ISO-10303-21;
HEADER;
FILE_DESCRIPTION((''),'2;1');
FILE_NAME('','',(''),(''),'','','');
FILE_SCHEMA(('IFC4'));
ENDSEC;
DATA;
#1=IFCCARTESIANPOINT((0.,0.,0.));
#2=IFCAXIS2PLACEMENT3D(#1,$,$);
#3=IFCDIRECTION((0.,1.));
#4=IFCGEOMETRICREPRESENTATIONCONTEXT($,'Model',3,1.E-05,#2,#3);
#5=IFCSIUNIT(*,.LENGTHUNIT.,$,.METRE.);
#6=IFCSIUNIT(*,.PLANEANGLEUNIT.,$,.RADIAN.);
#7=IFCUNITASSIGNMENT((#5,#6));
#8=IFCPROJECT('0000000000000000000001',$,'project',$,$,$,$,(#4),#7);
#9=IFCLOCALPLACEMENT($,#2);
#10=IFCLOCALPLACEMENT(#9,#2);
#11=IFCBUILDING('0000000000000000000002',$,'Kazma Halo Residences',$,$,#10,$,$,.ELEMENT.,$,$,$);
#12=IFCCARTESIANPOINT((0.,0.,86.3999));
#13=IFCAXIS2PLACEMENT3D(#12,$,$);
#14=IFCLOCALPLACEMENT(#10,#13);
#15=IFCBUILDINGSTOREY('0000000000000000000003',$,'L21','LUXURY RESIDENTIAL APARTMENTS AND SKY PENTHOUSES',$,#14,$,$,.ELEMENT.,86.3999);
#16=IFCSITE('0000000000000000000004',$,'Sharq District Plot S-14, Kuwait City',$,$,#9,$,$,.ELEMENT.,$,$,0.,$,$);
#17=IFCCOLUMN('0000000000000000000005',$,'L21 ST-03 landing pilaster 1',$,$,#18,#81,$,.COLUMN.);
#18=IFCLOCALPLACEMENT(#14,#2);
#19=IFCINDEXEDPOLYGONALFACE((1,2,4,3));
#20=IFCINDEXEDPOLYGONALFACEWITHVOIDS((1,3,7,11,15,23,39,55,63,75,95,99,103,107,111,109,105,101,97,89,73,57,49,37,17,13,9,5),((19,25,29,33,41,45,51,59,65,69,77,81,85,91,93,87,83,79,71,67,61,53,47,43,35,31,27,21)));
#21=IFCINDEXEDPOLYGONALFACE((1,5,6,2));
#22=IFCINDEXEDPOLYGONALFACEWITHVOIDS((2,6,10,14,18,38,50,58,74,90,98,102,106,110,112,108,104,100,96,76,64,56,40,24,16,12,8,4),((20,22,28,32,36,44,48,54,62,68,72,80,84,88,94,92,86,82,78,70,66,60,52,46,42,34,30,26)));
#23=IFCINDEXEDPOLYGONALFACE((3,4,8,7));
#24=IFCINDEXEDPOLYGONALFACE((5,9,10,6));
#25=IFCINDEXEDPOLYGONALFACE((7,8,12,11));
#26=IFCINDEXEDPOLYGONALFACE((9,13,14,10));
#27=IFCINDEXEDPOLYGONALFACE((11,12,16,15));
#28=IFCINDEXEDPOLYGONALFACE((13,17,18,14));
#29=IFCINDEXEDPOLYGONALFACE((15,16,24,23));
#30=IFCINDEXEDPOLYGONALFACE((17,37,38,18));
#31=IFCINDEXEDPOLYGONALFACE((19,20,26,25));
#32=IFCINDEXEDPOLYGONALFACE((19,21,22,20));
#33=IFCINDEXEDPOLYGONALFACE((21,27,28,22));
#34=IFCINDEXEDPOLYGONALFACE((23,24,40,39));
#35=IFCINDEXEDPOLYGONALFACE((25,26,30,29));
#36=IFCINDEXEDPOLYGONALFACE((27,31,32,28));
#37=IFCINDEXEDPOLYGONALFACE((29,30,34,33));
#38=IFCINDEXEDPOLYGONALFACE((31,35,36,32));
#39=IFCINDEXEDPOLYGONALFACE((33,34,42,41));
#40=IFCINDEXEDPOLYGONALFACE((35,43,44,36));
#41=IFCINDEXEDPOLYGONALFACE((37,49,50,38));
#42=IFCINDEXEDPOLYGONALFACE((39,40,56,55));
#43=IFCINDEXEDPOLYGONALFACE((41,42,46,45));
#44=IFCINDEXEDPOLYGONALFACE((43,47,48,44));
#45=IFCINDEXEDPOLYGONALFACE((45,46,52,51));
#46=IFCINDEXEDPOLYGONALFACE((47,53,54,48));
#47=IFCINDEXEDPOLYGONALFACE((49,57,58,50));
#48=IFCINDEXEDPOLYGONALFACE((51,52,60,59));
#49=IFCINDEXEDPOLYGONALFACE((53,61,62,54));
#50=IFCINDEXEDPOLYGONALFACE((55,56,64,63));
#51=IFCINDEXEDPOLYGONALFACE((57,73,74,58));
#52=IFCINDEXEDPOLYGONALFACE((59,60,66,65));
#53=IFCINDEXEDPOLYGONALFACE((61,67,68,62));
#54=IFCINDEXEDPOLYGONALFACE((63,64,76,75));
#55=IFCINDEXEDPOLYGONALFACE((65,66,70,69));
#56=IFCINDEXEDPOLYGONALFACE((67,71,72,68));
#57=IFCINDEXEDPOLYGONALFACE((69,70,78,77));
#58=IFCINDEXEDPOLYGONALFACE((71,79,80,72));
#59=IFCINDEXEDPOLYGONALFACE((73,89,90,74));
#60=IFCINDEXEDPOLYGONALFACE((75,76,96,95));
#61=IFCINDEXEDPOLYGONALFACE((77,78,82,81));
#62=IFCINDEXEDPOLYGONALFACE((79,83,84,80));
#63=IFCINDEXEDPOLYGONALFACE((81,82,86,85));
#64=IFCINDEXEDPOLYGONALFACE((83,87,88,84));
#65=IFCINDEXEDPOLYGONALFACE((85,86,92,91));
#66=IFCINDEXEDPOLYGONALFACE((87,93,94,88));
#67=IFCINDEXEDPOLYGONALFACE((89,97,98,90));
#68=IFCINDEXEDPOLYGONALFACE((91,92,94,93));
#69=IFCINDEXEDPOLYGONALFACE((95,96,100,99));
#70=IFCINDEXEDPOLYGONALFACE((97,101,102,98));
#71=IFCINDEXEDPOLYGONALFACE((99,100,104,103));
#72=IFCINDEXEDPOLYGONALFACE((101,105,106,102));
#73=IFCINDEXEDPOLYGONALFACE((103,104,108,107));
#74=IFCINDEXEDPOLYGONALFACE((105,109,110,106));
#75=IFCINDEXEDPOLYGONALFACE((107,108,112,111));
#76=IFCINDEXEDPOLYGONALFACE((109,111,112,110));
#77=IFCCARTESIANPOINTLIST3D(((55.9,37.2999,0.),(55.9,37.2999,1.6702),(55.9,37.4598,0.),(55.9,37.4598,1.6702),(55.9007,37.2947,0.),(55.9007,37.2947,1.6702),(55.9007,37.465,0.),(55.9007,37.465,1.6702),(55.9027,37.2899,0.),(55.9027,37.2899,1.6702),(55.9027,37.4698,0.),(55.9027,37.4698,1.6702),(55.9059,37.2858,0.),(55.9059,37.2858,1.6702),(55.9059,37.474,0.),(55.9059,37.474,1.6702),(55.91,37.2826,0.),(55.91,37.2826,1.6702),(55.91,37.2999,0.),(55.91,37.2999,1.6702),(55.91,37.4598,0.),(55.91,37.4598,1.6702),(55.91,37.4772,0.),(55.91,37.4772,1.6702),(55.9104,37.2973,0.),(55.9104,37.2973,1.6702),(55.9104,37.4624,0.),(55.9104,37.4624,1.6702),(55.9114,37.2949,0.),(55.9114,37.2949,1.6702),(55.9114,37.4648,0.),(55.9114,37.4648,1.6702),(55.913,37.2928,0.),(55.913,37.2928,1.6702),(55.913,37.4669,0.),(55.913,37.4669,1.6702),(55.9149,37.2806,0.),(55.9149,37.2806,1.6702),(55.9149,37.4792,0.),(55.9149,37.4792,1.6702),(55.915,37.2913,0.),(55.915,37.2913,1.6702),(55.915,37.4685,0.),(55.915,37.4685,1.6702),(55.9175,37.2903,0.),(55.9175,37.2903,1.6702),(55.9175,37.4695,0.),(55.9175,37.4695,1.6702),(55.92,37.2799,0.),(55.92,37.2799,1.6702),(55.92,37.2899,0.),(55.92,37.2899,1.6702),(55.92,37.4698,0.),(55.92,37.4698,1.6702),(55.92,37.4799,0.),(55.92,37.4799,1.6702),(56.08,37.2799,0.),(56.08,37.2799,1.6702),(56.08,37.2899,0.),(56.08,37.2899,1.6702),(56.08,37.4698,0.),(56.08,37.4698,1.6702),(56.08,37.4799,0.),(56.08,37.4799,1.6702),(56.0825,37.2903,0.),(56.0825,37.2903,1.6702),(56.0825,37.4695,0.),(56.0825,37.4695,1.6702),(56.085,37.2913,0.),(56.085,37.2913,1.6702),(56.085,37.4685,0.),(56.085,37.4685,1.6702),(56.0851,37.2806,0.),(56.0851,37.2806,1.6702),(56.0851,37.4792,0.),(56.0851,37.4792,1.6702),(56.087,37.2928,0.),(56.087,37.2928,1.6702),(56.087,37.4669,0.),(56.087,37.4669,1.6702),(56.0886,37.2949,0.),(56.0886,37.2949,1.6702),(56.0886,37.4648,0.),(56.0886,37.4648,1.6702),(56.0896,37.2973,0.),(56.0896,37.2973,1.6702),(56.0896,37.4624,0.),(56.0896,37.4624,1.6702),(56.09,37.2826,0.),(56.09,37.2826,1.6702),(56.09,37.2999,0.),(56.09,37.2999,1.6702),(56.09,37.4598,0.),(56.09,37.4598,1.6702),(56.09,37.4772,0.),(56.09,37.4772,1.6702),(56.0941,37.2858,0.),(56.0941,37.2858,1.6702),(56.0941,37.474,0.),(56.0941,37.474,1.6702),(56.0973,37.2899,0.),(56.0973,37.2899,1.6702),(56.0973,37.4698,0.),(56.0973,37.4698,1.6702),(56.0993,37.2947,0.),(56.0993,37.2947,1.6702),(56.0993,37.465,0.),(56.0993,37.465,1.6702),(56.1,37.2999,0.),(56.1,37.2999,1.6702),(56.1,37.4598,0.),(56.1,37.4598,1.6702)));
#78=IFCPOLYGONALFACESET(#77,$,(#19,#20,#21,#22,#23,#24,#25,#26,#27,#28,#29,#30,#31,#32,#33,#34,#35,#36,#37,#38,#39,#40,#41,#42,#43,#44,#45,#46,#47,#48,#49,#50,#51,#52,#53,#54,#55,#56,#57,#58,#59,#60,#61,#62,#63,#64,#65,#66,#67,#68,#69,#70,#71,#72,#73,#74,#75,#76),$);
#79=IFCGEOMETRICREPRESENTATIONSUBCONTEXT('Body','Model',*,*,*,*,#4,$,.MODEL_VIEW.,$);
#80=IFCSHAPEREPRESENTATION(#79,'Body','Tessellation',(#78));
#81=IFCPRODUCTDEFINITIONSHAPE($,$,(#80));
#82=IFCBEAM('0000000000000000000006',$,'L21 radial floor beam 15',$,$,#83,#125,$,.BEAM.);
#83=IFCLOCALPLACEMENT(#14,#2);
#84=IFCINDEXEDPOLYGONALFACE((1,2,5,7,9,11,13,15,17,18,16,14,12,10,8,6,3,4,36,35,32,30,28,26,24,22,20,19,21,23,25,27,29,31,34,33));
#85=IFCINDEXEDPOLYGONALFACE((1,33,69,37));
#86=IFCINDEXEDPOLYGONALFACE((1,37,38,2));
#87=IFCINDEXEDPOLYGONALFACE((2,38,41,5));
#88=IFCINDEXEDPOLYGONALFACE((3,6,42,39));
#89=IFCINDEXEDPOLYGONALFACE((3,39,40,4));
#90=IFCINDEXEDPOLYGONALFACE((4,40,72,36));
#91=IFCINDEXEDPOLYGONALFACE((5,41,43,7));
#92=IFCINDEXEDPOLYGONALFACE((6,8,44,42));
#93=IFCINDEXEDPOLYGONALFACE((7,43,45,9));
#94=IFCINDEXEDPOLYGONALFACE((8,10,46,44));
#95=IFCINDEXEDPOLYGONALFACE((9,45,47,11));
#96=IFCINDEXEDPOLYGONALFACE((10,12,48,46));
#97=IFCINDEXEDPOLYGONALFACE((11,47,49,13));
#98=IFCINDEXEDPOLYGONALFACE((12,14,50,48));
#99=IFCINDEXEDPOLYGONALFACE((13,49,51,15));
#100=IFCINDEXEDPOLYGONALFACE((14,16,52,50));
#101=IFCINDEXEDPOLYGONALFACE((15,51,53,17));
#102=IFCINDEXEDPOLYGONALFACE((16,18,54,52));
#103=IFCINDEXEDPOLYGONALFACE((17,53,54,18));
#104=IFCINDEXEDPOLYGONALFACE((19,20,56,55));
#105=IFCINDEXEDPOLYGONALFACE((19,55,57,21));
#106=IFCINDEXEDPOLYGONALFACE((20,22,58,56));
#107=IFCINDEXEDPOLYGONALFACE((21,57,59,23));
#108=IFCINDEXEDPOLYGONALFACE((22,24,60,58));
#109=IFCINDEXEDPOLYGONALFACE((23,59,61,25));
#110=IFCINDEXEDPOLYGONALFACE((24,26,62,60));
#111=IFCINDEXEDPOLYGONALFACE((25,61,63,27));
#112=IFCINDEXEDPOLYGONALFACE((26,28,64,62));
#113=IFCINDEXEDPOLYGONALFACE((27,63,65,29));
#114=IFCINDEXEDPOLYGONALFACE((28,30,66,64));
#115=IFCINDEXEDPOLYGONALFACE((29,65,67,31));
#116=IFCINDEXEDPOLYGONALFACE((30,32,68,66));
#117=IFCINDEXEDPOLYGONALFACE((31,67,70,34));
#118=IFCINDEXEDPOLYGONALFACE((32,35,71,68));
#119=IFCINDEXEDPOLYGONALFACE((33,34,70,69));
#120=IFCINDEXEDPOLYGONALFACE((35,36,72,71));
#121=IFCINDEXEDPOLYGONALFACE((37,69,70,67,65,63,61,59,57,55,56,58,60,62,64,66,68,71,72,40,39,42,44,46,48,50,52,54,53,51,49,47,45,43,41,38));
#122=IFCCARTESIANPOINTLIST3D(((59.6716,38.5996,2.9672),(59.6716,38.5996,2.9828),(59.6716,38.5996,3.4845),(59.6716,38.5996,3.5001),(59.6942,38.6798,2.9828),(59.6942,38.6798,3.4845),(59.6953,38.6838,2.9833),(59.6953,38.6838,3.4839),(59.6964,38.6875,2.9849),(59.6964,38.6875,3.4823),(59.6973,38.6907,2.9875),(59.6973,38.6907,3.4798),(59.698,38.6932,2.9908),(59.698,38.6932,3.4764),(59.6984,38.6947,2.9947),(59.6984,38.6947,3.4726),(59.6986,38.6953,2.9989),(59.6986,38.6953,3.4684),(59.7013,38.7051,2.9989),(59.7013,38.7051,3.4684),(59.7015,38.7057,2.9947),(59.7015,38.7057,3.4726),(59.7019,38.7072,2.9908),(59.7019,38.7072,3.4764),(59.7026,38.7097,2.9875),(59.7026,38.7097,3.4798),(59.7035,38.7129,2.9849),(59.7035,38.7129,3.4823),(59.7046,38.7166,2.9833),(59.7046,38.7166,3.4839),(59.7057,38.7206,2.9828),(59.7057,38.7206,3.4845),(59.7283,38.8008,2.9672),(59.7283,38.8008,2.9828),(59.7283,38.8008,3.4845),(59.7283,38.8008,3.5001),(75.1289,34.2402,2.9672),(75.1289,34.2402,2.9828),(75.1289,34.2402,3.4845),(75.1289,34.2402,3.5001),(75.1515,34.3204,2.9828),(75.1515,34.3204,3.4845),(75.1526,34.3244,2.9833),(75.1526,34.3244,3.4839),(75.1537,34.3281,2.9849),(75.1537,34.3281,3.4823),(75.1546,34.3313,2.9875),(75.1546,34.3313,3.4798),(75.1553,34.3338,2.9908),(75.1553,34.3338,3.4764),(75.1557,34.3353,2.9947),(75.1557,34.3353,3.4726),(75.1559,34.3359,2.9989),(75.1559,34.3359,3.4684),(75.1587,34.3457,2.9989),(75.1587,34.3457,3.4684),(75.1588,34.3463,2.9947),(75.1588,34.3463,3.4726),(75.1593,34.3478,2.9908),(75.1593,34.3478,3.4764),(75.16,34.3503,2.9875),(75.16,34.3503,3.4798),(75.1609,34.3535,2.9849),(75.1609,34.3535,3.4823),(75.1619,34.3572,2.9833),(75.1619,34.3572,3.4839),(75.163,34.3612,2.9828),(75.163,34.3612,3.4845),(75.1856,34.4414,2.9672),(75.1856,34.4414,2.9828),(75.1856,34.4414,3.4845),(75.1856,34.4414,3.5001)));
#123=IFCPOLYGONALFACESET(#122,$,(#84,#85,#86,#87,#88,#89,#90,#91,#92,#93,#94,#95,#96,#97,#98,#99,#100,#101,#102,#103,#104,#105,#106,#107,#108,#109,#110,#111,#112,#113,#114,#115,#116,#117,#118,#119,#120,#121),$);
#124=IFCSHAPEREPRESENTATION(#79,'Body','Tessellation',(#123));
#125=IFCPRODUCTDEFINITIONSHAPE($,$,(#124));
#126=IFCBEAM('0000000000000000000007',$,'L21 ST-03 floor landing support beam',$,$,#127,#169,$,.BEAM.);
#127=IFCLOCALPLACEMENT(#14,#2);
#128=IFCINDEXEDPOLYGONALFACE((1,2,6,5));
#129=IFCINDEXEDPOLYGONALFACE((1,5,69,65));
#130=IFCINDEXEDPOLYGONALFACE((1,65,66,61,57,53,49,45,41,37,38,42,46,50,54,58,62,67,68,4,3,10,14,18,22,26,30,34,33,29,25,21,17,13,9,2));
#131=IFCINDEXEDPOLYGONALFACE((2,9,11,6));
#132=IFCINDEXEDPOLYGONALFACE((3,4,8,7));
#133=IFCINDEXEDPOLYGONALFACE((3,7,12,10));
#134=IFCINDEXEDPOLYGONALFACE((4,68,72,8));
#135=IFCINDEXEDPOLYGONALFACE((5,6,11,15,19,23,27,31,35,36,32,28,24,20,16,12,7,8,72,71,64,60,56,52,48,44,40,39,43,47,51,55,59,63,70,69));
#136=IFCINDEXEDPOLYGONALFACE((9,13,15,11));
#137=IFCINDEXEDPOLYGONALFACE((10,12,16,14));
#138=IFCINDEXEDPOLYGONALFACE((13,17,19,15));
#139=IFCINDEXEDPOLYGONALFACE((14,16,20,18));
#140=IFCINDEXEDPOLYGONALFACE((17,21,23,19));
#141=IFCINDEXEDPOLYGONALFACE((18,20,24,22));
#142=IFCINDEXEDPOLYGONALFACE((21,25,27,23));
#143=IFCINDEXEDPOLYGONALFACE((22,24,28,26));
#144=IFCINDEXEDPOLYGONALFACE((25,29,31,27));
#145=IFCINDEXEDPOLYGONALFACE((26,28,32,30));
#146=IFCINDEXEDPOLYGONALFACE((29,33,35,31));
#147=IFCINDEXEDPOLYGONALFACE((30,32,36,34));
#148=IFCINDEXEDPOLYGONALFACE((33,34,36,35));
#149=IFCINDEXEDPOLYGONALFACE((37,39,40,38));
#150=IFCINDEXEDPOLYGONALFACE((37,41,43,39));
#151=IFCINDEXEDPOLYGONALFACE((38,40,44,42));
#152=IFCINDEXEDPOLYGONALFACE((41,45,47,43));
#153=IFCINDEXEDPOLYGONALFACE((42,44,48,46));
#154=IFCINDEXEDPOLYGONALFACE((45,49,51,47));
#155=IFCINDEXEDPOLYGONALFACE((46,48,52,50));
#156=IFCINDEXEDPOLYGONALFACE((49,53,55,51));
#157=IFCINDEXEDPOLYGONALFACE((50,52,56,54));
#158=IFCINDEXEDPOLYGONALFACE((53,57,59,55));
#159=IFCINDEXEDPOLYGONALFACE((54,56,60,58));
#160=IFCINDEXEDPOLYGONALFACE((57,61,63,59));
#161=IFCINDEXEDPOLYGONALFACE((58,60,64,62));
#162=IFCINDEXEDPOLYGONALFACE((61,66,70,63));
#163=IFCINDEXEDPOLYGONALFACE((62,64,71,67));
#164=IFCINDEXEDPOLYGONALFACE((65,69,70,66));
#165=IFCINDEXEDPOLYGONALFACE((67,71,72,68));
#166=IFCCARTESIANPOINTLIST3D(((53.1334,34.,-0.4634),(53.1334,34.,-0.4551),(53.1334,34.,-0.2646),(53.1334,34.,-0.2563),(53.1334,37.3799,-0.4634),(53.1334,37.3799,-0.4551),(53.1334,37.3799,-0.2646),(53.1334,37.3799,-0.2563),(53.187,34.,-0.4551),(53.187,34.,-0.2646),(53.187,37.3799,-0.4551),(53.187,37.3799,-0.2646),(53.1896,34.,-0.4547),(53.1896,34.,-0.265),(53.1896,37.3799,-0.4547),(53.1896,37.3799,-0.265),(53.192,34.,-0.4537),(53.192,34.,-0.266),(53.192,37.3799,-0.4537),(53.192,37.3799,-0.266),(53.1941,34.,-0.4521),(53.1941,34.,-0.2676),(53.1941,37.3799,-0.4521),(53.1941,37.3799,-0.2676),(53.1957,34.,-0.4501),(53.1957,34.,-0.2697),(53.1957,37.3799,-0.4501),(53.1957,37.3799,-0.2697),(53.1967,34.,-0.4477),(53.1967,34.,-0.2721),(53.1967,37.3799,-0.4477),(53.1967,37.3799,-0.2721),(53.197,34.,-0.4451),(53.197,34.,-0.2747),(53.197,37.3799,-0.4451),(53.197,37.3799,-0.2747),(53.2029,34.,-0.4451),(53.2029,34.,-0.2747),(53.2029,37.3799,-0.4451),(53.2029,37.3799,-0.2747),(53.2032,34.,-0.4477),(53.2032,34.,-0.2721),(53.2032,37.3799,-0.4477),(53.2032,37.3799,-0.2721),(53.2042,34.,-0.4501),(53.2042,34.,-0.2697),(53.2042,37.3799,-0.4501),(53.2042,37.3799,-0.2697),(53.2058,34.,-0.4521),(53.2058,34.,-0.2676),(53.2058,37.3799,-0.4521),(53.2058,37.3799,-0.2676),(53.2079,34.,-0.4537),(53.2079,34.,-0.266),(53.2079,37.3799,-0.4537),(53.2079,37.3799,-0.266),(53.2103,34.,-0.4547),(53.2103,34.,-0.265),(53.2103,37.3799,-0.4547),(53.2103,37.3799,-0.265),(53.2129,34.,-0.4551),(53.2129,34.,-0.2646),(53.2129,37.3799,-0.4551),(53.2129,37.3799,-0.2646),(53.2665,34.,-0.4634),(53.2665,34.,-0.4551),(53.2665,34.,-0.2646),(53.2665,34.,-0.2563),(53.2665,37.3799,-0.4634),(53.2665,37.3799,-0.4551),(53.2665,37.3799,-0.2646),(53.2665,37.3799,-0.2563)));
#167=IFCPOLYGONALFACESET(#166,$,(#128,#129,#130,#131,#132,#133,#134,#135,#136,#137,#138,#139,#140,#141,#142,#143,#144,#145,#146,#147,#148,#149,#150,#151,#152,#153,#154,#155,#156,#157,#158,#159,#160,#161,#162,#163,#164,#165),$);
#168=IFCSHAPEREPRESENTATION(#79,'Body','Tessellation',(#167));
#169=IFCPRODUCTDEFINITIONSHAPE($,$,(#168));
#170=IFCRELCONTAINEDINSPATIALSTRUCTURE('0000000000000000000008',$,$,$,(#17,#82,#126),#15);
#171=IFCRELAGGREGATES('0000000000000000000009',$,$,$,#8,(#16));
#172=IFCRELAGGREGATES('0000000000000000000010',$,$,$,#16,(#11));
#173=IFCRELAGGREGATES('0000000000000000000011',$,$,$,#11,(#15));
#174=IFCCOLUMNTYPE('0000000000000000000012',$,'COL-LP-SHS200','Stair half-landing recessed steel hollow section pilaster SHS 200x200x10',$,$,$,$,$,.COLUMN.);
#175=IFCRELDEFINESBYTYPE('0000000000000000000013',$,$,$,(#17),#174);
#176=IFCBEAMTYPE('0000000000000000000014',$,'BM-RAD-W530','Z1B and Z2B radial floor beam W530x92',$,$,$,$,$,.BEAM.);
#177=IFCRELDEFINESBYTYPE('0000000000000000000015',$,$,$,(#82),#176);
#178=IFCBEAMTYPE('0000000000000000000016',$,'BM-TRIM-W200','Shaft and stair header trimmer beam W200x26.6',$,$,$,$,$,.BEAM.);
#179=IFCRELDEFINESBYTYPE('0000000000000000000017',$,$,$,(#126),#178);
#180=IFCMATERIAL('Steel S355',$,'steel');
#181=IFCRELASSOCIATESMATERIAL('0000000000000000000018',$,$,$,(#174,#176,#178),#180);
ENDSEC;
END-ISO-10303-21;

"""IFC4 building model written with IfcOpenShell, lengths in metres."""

from ifc_helpers import new_model, si_unit, direction, frame, origin, origin_2d, place, context, subcontext, project, spatial, hollow_rectangle, i_section, extrude, material, material_profile, profile_set, type_object, element, save


model = new_model("IFC4")

# Units and contexts
model_context = context("Model", 3, precision=1e-05, world=origin(), true_north=direction((0.0, 1.0)))
body_context = subcontext(model_context, "Body", "Model", "MODEL_VIEW")
ifc_project = project(units=[si_unit("LENGTHUNIT", "METRE"), si_unit("PLANEANGLEUNIT", "RADIAN")], contexts=[model_context])

# Site, building, storey
site_placement = place(None, origin())
site = spatial("IfcSite", under=ifc_project, at=site_placement, Name="Sharq District Plot S-14, Kuwait City", CompositionType="ELEMENT", RefElevation=0.0)
building_placement = place(site_placement, origin())
building = spatial("IfcBuilding", under=site, at=building_placement, Name="Kazma Halo Residences", CompositionType="ELEMENT")
storey_placement = place(building_placement, frame((0.0, 0.0, 86.3999)))
storey = spatial("IfcBuildingStorey", under=building, at=storey_placement, Name="L21", Description="LUXURY RESIDENTIAL APARTMENTS AND SKY PENTHOUSES", CompositionType="ELEMENT", Elevation=86.3999)

# Column
ifc_material_1 = material(Name="Steel S355", Category="steel")
ifc_material_profile_1 = material_profile(ifc_material_1, hollow_rectangle(XDim=0.2, YDim=0.2, WallThickness=0.01, InnerFilletRadius=0.01, OuterFilletRadius=0.02, at=origin_2d()), Name="SHS200x200x10")
ifc_profile_set_1 = profile_set([ifc_material_profile_1], Name="Steel S355")
column_type = type_object("IfcColumnType", Name="COL-LP-SHS200", Description="Stair half-landing recessed steel hollow section pilaster SHS 200x200x10", PredefinedType="COLUMN", material=ifc_profile_set_1)
column_placement = place(storey_placement, frame((56.0, 37.3799, 0.0), z_axis=(0.0, 0.0, 1.0), x_axis=(1.0, 0.0, 0.0)))
element("IfcColumn", 1, at=column_placement, inside=storey, type_object=column_type, Name="L21 ST-03 landing pilaster 1", PredefinedType="COLUMN", context=body_context, shape_type="SweptSolid", body=[
    extrude(hollow_rectangle(XDim=0.2, YDim=0.2, WallThickness=0.01, InnerFilletRadius=0.01, OuterFilletRadius=0.02, at=origin_2d()), origin(), (0.0, 0.0, 1.0), 1.6702),
])

# Beams
ifc_material_profile_2 = material_profile(ifc_material_1, i_section(OverallWidth=0.209, OverallDepth=0.533, WebThickness=0.0103, FlangeThickness=0.0156, FilletRadius=0.0161, at=origin_2d()), Name="W530x92")
ifc_profile_set_2 = profile_set([ifc_material_profile_2], Name="Steel S355")
beam_type_1 = type_object("IfcBeamType", Name="BM-RAD-W530", Description="Z1B and Z2B radial floor beam W530x92", PredefinedType="BEAM", material=ifc_profile_set_2)
beam_1_placement = place(storey_placement, frame((59.7, 38.7002, 3.2336), z_axis=(0.962456, -0.271439, 0.0), x_axis=(0.271439, 0.962456, 0.0)))
element("IfcBeam", 2, at=beam_1_placement, inside=storey, type_object=beam_type_1, Name="L21 radial floor beam 15", PredefinedType="BEAM", context=body_context, shape_type="SweptSolid", body=[
    extrude(i_section(OverallWidth=0.209, OverallDepth=0.533, WebThickness=0.0103, FlangeThickness=0.0156, FilletRadius=0.0161, at=origin_2d()), origin(), (0.0, 0.0, 1.0), 16.0603),
])
ifc_material_profile_3 = material_profile(ifc_material_1, i_section(OverallWidth=0.1331, OverallDepth=0.207, WebThickness=0.0059, FlangeThickness=0.0083, FilletRadius=0.01, at=origin_2d()), Name="W200x26.6")
ifc_profile_set_3 = profile_set([ifc_material_profile_3], Name="Steel S355")
beam_type_2 = type_object("IfcBeamType", Name="BM-TRIM-W200", Description="Shaft and stair header trimmer beam W200x26.6", PredefinedType="BEAM", material=ifc_profile_set_3)
beam_2_placement = place(storey_placement, frame((53.2, 34.0, -0.3599), z_axis=(0.0, 1.0, 0.0), x_axis=(-1.0, 0.0, 0.0)))
element("IfcBeam", 3, at=beam_2_placement, inside=storey, type_object=beam_type_2, Name="L21 ST-03 floor landing support beam", PredefinedType="BEAM", context=body_context, shape_type="SweptSolid", body=[
    extrude(i_section(OverallWidth=0.1331, OverallDepth=0.207, WebThickness=0.0059, FlangeThickness=0.0083, FilletRadius=0.01, at=origin_2d()), origin(), (0.0, 0.0, 1.0), 3.3799),
])

save(model, "model.ifc")
